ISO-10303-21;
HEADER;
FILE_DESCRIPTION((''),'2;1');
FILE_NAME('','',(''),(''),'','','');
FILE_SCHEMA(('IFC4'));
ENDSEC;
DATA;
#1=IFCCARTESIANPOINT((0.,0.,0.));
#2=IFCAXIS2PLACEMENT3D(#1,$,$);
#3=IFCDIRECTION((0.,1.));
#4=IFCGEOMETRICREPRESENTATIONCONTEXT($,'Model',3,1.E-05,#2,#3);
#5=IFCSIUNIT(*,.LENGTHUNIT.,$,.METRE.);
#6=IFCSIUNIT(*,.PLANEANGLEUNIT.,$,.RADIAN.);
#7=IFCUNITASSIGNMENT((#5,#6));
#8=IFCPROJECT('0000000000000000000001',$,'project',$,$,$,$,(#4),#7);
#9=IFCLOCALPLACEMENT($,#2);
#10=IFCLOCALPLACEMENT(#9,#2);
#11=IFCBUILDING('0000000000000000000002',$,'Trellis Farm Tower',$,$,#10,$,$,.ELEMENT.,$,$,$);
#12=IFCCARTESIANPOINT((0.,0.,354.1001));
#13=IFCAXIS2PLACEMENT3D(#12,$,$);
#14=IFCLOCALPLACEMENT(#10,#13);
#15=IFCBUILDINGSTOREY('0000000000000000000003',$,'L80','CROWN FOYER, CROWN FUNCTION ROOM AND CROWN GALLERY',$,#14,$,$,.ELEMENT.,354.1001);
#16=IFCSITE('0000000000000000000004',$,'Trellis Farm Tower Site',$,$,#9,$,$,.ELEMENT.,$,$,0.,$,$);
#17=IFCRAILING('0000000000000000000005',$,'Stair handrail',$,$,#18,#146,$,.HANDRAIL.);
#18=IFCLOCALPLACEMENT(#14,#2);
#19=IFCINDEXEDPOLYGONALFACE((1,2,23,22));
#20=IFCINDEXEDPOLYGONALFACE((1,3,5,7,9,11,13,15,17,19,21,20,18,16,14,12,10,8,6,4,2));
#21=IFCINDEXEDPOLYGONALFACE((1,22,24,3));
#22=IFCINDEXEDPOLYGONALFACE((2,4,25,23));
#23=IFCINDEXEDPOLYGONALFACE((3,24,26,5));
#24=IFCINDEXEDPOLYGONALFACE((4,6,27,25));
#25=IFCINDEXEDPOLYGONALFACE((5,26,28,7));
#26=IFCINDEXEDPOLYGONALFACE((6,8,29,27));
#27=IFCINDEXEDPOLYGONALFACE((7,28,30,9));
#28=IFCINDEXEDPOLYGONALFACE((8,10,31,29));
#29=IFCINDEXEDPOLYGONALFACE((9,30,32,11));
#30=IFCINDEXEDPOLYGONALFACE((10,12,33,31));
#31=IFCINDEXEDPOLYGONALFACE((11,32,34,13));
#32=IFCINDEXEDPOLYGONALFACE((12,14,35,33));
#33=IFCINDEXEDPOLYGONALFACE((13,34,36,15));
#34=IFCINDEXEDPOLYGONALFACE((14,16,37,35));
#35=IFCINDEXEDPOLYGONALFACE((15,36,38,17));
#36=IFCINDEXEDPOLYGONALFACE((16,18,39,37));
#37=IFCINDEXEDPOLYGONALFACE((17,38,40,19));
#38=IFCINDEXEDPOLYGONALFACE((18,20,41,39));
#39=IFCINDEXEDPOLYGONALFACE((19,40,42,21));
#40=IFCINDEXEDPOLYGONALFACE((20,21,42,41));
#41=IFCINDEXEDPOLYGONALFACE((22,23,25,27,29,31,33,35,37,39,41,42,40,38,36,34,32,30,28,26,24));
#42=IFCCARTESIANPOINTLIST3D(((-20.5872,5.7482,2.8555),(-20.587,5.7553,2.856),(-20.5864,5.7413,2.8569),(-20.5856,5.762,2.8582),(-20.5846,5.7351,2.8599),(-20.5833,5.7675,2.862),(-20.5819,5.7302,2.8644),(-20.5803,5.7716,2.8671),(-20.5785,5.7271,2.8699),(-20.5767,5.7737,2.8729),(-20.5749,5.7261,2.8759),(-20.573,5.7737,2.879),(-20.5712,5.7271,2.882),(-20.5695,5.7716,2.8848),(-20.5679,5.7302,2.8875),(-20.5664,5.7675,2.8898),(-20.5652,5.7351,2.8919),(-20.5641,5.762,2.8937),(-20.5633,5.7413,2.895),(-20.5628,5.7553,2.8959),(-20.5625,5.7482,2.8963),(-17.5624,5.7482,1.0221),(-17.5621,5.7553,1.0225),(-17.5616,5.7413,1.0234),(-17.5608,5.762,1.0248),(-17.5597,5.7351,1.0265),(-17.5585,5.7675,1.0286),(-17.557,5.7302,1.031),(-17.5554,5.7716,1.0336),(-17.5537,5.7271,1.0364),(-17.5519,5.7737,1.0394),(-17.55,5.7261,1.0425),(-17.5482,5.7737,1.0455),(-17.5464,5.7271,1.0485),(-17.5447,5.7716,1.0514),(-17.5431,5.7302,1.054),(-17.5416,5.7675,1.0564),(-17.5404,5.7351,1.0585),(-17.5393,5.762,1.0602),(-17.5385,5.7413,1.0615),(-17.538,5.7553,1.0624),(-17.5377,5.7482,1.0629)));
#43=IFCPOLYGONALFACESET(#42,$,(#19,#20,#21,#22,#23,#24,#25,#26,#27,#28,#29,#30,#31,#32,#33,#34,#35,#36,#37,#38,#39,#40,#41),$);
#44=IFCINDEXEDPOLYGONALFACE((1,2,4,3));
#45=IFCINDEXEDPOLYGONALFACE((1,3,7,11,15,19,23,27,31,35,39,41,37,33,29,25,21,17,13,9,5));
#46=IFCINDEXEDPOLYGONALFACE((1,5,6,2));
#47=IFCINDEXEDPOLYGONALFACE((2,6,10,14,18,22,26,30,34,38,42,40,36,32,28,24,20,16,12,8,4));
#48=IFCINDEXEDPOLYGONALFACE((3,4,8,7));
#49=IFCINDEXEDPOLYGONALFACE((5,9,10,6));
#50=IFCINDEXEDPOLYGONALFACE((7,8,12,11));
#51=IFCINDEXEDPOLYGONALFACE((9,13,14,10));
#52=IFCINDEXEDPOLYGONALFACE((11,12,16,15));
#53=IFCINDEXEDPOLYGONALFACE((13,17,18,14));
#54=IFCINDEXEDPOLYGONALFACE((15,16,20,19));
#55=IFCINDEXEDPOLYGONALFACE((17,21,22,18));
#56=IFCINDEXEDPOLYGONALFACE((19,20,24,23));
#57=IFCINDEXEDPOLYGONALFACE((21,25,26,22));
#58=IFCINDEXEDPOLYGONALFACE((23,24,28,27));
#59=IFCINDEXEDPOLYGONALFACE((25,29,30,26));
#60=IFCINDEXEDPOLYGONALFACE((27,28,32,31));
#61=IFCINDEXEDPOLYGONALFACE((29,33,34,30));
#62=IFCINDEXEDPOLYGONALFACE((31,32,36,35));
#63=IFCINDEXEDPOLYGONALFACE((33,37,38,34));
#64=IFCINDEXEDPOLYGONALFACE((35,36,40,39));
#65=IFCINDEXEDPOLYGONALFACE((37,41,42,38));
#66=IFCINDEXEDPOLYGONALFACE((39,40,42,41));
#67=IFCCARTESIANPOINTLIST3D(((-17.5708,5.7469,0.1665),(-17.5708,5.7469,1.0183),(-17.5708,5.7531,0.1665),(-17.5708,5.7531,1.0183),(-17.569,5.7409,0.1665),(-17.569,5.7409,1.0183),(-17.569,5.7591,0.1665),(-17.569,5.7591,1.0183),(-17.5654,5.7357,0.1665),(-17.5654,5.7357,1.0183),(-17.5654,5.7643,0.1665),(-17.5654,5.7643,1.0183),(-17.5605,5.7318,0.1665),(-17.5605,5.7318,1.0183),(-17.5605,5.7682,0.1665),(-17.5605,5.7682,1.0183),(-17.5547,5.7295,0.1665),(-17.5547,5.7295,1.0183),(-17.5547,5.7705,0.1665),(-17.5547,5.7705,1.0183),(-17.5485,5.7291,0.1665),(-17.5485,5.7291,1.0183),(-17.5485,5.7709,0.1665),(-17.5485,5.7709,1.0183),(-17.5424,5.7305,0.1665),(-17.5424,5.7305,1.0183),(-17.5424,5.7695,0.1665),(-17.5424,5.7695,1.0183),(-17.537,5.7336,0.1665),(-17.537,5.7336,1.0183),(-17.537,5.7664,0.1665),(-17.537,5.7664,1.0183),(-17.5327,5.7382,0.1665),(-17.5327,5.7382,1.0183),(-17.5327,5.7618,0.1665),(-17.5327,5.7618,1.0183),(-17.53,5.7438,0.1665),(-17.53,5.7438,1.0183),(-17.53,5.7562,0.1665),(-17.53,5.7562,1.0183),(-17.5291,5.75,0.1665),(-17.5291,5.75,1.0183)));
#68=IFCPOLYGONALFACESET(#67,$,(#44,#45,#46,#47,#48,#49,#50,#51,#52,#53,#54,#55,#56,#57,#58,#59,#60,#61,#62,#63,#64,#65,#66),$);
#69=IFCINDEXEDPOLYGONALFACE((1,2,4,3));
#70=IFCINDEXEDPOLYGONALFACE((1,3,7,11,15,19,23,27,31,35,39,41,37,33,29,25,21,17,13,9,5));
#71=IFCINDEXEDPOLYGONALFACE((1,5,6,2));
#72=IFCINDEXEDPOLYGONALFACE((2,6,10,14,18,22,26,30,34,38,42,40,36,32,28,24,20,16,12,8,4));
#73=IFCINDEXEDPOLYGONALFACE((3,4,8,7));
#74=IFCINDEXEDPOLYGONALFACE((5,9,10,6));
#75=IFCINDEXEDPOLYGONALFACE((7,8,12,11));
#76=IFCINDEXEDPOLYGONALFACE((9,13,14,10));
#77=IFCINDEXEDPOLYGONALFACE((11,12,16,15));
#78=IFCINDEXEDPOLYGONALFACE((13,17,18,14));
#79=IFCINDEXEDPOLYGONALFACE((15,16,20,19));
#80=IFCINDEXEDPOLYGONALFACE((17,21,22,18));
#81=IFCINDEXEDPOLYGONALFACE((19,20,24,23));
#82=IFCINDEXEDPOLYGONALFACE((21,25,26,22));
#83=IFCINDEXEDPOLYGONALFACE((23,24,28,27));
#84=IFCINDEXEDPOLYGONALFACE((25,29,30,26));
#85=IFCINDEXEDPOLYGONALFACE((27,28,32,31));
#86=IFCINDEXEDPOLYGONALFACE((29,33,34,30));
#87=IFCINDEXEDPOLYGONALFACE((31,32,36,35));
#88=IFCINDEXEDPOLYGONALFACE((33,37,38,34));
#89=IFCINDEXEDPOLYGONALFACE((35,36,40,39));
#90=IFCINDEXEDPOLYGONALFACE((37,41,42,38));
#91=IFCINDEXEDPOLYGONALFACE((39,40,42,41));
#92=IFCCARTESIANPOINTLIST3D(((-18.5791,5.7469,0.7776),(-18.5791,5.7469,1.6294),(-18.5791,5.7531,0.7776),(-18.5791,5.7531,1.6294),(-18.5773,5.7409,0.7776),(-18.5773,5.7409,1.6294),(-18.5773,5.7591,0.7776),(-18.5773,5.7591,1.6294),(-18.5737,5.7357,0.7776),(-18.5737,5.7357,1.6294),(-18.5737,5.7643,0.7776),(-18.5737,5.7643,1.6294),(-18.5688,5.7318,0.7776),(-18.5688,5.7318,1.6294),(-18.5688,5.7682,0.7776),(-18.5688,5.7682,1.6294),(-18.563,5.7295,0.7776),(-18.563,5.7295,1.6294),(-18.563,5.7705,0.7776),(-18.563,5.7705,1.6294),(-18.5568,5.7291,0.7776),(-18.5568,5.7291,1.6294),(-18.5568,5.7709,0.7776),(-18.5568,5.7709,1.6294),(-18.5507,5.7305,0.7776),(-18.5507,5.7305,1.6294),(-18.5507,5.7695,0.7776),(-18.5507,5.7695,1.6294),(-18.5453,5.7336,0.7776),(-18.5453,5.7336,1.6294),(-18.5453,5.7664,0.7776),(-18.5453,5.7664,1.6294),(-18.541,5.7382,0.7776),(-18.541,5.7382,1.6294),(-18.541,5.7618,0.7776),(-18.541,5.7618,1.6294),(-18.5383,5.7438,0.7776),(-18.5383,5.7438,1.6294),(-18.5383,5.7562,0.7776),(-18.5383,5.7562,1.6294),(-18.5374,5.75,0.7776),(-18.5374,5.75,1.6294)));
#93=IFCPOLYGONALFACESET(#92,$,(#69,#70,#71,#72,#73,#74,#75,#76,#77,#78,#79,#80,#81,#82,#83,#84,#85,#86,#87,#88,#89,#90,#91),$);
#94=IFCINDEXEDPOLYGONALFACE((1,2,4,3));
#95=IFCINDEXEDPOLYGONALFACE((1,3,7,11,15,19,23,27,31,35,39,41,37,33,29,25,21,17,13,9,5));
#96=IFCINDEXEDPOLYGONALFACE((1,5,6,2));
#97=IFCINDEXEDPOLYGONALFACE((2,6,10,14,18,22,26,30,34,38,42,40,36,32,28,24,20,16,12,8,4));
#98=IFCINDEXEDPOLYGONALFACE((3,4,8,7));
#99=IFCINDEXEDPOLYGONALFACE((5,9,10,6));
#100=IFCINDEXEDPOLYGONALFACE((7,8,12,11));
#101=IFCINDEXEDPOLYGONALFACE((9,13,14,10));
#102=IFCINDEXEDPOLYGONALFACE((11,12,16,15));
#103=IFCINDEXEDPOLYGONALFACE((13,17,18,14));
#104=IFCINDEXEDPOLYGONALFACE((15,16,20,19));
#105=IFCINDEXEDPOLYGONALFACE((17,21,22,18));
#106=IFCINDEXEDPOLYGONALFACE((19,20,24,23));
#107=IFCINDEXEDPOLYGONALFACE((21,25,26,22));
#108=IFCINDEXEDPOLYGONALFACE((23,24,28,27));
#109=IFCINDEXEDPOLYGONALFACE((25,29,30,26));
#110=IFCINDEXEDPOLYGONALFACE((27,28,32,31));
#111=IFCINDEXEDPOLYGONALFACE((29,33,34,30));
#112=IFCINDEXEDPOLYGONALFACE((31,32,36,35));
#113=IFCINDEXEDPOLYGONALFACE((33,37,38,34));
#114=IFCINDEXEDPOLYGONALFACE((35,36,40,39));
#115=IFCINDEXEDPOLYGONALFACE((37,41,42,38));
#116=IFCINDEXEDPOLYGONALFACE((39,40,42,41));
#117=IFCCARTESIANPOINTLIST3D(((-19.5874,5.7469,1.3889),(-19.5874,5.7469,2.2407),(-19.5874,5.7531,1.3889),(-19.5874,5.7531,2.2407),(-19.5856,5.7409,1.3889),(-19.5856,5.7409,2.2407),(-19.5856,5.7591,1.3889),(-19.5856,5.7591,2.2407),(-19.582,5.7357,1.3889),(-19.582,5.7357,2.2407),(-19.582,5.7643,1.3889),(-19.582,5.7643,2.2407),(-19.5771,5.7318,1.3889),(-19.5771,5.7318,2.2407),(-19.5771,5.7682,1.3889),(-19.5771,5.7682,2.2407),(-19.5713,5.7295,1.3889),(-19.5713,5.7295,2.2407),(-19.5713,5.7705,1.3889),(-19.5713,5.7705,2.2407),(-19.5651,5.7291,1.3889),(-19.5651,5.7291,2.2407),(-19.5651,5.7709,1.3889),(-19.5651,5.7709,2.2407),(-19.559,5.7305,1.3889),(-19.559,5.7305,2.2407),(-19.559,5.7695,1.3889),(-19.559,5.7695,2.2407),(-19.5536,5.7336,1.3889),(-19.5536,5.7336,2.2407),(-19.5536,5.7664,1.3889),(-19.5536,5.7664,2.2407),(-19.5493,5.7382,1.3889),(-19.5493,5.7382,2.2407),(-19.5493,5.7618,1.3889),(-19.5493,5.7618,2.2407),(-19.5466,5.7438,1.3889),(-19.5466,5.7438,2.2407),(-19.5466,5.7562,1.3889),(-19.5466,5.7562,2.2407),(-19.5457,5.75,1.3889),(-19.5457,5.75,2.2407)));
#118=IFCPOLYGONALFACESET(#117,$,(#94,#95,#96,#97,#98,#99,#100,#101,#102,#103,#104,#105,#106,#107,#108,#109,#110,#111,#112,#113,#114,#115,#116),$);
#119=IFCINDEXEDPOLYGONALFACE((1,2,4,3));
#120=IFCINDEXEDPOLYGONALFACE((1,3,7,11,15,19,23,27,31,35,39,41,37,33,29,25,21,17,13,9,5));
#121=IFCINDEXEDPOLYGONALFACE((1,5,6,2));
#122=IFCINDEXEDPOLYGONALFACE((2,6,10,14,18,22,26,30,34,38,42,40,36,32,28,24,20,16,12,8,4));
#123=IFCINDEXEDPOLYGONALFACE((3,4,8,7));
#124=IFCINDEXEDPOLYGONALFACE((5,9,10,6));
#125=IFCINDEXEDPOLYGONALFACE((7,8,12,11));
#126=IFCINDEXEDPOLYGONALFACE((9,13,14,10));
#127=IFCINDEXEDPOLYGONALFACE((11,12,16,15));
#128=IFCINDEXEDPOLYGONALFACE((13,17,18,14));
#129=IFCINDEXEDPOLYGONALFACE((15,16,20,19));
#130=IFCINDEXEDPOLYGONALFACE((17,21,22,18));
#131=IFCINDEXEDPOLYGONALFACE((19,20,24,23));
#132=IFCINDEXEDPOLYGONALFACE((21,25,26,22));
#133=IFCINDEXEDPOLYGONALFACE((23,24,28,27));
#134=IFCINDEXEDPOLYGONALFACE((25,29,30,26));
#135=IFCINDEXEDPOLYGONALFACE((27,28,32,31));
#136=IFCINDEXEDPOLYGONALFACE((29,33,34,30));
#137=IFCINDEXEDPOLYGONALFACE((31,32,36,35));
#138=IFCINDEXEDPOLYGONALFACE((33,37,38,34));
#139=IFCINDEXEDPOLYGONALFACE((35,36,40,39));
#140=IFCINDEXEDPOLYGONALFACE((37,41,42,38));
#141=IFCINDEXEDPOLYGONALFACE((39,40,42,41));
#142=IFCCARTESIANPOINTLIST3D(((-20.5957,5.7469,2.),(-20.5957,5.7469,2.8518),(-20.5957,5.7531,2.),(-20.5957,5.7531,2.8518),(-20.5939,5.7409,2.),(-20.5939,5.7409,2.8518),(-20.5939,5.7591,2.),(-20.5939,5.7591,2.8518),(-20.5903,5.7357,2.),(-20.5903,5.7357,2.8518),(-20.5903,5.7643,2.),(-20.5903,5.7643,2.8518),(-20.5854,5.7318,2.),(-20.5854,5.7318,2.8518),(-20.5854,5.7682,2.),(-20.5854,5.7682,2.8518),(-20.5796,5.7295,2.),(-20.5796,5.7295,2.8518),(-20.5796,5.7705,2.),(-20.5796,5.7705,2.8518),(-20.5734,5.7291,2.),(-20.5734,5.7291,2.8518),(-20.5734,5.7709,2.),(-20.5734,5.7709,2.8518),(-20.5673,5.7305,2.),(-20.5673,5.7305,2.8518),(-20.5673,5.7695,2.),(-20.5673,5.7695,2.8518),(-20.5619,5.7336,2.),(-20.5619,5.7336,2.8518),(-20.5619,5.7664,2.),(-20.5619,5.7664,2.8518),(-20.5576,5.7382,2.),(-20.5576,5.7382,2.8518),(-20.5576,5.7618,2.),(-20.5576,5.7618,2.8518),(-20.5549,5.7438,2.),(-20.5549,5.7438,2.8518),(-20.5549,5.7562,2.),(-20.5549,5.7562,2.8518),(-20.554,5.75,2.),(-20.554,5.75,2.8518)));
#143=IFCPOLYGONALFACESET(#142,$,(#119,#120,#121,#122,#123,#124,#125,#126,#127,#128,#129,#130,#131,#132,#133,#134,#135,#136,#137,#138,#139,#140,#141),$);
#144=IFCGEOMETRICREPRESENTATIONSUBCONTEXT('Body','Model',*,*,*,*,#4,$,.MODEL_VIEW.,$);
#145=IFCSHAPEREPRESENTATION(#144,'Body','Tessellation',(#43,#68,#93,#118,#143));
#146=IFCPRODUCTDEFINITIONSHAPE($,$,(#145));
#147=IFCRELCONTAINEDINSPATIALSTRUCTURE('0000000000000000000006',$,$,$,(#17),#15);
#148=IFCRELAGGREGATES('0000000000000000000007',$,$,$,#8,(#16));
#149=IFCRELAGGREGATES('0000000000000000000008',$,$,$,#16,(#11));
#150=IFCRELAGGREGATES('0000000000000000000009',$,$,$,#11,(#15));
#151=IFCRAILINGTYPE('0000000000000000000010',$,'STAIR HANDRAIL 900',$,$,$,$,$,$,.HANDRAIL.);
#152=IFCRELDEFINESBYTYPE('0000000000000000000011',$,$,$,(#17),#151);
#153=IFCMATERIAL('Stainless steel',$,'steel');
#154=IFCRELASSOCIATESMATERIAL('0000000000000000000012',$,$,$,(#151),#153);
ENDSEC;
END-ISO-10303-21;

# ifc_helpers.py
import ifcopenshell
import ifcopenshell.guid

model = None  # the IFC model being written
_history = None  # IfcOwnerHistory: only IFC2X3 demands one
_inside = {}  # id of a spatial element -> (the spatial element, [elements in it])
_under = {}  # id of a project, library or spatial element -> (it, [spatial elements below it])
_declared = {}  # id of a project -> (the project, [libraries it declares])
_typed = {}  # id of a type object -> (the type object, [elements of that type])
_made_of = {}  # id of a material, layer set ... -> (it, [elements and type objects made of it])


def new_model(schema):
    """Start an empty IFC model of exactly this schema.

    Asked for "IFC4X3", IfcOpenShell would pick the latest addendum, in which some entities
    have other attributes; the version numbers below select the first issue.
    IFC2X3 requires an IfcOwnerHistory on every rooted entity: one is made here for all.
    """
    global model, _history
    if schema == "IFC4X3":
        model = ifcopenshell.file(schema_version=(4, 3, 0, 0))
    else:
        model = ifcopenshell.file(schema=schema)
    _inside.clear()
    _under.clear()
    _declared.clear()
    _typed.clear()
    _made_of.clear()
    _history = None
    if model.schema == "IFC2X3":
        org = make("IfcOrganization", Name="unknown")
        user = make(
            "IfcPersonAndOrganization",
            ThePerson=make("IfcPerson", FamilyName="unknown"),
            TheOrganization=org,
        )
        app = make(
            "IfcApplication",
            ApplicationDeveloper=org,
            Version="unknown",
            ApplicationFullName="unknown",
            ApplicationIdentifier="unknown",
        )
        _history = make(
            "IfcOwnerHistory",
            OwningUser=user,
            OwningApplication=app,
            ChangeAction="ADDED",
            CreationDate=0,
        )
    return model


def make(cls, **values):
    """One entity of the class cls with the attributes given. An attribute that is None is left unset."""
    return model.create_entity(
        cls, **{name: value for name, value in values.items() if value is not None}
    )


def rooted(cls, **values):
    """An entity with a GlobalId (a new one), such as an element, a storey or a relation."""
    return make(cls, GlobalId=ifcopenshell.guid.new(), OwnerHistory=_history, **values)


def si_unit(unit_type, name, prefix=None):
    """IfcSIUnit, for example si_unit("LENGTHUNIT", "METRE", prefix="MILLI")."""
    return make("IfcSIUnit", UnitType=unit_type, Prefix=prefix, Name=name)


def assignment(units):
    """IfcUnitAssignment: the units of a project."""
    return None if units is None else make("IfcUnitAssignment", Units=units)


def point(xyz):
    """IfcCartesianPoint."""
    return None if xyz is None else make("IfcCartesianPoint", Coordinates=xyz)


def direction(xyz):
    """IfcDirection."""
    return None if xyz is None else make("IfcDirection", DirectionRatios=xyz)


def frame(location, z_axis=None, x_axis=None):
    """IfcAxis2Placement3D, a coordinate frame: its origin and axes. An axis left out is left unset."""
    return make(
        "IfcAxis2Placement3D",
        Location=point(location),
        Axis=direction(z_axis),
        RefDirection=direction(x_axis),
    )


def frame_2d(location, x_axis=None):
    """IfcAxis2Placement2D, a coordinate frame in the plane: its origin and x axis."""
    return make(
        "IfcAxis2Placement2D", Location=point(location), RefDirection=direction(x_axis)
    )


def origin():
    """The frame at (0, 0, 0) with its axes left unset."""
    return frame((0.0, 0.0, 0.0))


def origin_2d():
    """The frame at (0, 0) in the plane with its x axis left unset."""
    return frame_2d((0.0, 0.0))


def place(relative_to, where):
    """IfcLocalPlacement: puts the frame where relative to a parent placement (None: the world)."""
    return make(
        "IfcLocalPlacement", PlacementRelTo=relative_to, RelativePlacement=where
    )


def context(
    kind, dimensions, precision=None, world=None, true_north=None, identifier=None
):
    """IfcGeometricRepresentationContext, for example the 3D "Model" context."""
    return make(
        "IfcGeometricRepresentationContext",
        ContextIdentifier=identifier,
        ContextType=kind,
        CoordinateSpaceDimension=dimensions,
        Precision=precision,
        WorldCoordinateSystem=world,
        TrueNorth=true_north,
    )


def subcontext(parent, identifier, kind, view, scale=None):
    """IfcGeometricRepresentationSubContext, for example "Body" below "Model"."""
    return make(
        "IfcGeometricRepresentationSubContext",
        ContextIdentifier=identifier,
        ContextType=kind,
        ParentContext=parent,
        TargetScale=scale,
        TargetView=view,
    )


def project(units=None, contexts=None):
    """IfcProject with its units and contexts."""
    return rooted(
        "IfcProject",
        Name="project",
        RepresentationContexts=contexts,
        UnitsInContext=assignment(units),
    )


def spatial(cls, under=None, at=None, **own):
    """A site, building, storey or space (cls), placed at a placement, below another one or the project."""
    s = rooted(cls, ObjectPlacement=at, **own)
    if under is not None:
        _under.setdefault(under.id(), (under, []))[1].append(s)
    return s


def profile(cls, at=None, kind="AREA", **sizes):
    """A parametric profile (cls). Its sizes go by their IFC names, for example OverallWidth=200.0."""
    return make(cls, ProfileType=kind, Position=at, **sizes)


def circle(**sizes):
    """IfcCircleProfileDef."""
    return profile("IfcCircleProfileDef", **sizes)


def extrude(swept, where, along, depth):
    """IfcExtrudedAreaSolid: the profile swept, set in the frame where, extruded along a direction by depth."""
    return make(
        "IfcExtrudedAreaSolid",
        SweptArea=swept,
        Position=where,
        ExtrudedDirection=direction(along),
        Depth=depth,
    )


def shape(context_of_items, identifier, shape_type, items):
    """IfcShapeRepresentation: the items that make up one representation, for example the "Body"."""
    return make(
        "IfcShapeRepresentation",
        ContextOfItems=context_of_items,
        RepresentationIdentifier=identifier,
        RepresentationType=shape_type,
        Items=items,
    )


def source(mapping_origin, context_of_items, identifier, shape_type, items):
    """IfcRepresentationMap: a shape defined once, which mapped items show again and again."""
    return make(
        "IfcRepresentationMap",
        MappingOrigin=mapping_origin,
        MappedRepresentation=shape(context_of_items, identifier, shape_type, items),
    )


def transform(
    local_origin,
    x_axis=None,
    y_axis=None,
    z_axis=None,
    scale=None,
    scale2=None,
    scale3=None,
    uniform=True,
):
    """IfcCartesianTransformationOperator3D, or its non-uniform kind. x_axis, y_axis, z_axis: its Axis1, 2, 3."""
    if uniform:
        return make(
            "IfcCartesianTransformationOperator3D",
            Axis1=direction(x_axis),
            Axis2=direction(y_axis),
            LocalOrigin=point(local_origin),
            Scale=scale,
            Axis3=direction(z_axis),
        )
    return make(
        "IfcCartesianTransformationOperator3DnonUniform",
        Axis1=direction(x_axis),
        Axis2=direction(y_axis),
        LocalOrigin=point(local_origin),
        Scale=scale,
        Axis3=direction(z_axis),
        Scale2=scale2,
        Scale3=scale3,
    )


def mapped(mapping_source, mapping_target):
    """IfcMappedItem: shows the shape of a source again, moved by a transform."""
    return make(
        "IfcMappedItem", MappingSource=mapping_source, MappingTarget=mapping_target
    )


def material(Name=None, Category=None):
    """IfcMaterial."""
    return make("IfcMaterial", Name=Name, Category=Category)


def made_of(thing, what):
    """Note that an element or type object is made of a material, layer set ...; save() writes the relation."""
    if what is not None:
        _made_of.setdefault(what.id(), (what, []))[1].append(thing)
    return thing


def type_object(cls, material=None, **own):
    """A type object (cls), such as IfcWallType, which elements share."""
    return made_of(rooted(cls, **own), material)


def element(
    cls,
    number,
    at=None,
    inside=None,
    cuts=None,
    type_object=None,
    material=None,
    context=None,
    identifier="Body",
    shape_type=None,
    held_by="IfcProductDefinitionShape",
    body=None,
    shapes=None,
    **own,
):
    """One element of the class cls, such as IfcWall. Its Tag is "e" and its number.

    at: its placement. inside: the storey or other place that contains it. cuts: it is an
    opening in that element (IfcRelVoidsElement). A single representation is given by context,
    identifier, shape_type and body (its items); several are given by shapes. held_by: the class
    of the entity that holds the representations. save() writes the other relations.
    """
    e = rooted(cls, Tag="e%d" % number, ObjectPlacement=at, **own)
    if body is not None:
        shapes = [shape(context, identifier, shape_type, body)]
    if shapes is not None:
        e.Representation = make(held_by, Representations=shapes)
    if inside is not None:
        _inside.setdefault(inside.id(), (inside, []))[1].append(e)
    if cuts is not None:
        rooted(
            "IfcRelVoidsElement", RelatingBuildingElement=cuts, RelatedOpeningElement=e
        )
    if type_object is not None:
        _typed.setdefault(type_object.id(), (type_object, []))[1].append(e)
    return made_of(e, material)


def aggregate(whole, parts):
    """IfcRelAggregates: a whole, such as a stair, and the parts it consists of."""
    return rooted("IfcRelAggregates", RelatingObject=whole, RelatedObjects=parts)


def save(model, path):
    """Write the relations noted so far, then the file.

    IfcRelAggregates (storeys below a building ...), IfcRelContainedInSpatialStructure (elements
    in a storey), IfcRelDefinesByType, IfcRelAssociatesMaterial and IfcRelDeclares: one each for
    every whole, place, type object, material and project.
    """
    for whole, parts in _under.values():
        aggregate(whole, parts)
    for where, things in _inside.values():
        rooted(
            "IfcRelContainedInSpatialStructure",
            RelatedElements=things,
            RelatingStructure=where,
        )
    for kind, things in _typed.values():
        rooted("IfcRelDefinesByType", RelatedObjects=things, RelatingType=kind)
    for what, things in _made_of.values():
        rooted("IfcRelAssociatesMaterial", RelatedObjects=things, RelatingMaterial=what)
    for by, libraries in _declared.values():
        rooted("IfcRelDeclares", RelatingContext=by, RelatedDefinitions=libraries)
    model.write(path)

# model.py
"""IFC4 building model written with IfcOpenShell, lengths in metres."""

from ifc_helpers import new_model, si_unit, direction, frame, origin, origin_2d, place, context, subcontext, project, spatial, circle, extrude, source, transform, mapped, material, type_object, element, save


model = new_model("IFC4")

# Units and contexts
model_context = context("Model", 3, precision=1e-05, world=origin(), true_north=direction((0.0, 1.0)))
body_context = subcontext(model_context, "Body", "Model", "MODEL_VIEW")
ifc_project = project(units=[si_unit("LENGTHUNIT", "METRE"), si_unit("PLANEANGLEUNIT", "RADIAN")], contexts=[model_context])

# Site, building, storey
site_placement = place(None, origin())
site = spatial("IfcSite", under=ifc_project, at=site_placement, Name="Trellis Farm Tower Site", CompositionType="ELEMENT", RefElevation=0.0)
building_placement = place(site_placement, origin())
building = spatial("IfcBuilding", under=site, at=building_placement, Name="Trellis Farm Tower", CompositionType="ELEMENT")
storey_placement = place(building_placement, frame((0.0, 0.0, 354.1001)))
storey = spatial("IfcBuildingStorey", under=building, at=storey_placement, Name="L80", Description="CROWN FOYER, CROWN FUNCTION ROOM AND CROWN GALLERY", CompositionType="ELEMENT", Elevation=354.1001)

# Railing
ifc_material_1 = material(Name="Stainless steel", Category="steel")
railing_type_1 = type_object("IfcRailingType", Name="STAIR HANDRAIL 900", PredefinedType="HANDRAIL", material=ifc_material_1)
shared_shape_1 = source(origin(), body_context, "Body", "SweptSolid", [
    extrude(circle(Radius=0.0239, at=origin_2d()), frame((0.0, 0.0, 0.876), z_axis=(-0.85517, 0.0, 0.518348), x_axis=(0.0, -1.0, 0.0)), (0.0, 0.0, 1.0), 3.5371),
    extrude(circle(Radius=0.021, at=origin_2d()), origin(), (0.0, 0.0, 1.0), 0.8518),
    extrude(circle(Radius=0.021, at=origin_2d()), frame((-1.0083, 0.0, 0.6111)), (0.0, 0.0, 1.0), 0.8518),
    extrude(circle(Radius=0.021, at=origin_2d()), frame((-2.0166, 0.0, 1.2224)), (0.0, 0.0, 1.0), 0.8518),
    extrude(circle(Radius=0.021, at=origin_2d()), frame((-3.0249, 0.0, 1.8335)), (0.0, 0.0, 1.0), 0.8518),
])
for number, where, name in (
    (1, (-17.55, 5.75, 0.1665), "Stair handrail"),
):
    element("IfcRailing", number, at=place(storey_placement, frame(where)), inside=storey, type_object=railing_type_1, Name=name, PredefinedType="HANDRAIL", context=body_context, shape_type="MappedRepresentation", body=[
        mapped(shared_shape_1, transform((0.0, 0.0, 0.0))),
    ])

save(model, "model.ifc")
